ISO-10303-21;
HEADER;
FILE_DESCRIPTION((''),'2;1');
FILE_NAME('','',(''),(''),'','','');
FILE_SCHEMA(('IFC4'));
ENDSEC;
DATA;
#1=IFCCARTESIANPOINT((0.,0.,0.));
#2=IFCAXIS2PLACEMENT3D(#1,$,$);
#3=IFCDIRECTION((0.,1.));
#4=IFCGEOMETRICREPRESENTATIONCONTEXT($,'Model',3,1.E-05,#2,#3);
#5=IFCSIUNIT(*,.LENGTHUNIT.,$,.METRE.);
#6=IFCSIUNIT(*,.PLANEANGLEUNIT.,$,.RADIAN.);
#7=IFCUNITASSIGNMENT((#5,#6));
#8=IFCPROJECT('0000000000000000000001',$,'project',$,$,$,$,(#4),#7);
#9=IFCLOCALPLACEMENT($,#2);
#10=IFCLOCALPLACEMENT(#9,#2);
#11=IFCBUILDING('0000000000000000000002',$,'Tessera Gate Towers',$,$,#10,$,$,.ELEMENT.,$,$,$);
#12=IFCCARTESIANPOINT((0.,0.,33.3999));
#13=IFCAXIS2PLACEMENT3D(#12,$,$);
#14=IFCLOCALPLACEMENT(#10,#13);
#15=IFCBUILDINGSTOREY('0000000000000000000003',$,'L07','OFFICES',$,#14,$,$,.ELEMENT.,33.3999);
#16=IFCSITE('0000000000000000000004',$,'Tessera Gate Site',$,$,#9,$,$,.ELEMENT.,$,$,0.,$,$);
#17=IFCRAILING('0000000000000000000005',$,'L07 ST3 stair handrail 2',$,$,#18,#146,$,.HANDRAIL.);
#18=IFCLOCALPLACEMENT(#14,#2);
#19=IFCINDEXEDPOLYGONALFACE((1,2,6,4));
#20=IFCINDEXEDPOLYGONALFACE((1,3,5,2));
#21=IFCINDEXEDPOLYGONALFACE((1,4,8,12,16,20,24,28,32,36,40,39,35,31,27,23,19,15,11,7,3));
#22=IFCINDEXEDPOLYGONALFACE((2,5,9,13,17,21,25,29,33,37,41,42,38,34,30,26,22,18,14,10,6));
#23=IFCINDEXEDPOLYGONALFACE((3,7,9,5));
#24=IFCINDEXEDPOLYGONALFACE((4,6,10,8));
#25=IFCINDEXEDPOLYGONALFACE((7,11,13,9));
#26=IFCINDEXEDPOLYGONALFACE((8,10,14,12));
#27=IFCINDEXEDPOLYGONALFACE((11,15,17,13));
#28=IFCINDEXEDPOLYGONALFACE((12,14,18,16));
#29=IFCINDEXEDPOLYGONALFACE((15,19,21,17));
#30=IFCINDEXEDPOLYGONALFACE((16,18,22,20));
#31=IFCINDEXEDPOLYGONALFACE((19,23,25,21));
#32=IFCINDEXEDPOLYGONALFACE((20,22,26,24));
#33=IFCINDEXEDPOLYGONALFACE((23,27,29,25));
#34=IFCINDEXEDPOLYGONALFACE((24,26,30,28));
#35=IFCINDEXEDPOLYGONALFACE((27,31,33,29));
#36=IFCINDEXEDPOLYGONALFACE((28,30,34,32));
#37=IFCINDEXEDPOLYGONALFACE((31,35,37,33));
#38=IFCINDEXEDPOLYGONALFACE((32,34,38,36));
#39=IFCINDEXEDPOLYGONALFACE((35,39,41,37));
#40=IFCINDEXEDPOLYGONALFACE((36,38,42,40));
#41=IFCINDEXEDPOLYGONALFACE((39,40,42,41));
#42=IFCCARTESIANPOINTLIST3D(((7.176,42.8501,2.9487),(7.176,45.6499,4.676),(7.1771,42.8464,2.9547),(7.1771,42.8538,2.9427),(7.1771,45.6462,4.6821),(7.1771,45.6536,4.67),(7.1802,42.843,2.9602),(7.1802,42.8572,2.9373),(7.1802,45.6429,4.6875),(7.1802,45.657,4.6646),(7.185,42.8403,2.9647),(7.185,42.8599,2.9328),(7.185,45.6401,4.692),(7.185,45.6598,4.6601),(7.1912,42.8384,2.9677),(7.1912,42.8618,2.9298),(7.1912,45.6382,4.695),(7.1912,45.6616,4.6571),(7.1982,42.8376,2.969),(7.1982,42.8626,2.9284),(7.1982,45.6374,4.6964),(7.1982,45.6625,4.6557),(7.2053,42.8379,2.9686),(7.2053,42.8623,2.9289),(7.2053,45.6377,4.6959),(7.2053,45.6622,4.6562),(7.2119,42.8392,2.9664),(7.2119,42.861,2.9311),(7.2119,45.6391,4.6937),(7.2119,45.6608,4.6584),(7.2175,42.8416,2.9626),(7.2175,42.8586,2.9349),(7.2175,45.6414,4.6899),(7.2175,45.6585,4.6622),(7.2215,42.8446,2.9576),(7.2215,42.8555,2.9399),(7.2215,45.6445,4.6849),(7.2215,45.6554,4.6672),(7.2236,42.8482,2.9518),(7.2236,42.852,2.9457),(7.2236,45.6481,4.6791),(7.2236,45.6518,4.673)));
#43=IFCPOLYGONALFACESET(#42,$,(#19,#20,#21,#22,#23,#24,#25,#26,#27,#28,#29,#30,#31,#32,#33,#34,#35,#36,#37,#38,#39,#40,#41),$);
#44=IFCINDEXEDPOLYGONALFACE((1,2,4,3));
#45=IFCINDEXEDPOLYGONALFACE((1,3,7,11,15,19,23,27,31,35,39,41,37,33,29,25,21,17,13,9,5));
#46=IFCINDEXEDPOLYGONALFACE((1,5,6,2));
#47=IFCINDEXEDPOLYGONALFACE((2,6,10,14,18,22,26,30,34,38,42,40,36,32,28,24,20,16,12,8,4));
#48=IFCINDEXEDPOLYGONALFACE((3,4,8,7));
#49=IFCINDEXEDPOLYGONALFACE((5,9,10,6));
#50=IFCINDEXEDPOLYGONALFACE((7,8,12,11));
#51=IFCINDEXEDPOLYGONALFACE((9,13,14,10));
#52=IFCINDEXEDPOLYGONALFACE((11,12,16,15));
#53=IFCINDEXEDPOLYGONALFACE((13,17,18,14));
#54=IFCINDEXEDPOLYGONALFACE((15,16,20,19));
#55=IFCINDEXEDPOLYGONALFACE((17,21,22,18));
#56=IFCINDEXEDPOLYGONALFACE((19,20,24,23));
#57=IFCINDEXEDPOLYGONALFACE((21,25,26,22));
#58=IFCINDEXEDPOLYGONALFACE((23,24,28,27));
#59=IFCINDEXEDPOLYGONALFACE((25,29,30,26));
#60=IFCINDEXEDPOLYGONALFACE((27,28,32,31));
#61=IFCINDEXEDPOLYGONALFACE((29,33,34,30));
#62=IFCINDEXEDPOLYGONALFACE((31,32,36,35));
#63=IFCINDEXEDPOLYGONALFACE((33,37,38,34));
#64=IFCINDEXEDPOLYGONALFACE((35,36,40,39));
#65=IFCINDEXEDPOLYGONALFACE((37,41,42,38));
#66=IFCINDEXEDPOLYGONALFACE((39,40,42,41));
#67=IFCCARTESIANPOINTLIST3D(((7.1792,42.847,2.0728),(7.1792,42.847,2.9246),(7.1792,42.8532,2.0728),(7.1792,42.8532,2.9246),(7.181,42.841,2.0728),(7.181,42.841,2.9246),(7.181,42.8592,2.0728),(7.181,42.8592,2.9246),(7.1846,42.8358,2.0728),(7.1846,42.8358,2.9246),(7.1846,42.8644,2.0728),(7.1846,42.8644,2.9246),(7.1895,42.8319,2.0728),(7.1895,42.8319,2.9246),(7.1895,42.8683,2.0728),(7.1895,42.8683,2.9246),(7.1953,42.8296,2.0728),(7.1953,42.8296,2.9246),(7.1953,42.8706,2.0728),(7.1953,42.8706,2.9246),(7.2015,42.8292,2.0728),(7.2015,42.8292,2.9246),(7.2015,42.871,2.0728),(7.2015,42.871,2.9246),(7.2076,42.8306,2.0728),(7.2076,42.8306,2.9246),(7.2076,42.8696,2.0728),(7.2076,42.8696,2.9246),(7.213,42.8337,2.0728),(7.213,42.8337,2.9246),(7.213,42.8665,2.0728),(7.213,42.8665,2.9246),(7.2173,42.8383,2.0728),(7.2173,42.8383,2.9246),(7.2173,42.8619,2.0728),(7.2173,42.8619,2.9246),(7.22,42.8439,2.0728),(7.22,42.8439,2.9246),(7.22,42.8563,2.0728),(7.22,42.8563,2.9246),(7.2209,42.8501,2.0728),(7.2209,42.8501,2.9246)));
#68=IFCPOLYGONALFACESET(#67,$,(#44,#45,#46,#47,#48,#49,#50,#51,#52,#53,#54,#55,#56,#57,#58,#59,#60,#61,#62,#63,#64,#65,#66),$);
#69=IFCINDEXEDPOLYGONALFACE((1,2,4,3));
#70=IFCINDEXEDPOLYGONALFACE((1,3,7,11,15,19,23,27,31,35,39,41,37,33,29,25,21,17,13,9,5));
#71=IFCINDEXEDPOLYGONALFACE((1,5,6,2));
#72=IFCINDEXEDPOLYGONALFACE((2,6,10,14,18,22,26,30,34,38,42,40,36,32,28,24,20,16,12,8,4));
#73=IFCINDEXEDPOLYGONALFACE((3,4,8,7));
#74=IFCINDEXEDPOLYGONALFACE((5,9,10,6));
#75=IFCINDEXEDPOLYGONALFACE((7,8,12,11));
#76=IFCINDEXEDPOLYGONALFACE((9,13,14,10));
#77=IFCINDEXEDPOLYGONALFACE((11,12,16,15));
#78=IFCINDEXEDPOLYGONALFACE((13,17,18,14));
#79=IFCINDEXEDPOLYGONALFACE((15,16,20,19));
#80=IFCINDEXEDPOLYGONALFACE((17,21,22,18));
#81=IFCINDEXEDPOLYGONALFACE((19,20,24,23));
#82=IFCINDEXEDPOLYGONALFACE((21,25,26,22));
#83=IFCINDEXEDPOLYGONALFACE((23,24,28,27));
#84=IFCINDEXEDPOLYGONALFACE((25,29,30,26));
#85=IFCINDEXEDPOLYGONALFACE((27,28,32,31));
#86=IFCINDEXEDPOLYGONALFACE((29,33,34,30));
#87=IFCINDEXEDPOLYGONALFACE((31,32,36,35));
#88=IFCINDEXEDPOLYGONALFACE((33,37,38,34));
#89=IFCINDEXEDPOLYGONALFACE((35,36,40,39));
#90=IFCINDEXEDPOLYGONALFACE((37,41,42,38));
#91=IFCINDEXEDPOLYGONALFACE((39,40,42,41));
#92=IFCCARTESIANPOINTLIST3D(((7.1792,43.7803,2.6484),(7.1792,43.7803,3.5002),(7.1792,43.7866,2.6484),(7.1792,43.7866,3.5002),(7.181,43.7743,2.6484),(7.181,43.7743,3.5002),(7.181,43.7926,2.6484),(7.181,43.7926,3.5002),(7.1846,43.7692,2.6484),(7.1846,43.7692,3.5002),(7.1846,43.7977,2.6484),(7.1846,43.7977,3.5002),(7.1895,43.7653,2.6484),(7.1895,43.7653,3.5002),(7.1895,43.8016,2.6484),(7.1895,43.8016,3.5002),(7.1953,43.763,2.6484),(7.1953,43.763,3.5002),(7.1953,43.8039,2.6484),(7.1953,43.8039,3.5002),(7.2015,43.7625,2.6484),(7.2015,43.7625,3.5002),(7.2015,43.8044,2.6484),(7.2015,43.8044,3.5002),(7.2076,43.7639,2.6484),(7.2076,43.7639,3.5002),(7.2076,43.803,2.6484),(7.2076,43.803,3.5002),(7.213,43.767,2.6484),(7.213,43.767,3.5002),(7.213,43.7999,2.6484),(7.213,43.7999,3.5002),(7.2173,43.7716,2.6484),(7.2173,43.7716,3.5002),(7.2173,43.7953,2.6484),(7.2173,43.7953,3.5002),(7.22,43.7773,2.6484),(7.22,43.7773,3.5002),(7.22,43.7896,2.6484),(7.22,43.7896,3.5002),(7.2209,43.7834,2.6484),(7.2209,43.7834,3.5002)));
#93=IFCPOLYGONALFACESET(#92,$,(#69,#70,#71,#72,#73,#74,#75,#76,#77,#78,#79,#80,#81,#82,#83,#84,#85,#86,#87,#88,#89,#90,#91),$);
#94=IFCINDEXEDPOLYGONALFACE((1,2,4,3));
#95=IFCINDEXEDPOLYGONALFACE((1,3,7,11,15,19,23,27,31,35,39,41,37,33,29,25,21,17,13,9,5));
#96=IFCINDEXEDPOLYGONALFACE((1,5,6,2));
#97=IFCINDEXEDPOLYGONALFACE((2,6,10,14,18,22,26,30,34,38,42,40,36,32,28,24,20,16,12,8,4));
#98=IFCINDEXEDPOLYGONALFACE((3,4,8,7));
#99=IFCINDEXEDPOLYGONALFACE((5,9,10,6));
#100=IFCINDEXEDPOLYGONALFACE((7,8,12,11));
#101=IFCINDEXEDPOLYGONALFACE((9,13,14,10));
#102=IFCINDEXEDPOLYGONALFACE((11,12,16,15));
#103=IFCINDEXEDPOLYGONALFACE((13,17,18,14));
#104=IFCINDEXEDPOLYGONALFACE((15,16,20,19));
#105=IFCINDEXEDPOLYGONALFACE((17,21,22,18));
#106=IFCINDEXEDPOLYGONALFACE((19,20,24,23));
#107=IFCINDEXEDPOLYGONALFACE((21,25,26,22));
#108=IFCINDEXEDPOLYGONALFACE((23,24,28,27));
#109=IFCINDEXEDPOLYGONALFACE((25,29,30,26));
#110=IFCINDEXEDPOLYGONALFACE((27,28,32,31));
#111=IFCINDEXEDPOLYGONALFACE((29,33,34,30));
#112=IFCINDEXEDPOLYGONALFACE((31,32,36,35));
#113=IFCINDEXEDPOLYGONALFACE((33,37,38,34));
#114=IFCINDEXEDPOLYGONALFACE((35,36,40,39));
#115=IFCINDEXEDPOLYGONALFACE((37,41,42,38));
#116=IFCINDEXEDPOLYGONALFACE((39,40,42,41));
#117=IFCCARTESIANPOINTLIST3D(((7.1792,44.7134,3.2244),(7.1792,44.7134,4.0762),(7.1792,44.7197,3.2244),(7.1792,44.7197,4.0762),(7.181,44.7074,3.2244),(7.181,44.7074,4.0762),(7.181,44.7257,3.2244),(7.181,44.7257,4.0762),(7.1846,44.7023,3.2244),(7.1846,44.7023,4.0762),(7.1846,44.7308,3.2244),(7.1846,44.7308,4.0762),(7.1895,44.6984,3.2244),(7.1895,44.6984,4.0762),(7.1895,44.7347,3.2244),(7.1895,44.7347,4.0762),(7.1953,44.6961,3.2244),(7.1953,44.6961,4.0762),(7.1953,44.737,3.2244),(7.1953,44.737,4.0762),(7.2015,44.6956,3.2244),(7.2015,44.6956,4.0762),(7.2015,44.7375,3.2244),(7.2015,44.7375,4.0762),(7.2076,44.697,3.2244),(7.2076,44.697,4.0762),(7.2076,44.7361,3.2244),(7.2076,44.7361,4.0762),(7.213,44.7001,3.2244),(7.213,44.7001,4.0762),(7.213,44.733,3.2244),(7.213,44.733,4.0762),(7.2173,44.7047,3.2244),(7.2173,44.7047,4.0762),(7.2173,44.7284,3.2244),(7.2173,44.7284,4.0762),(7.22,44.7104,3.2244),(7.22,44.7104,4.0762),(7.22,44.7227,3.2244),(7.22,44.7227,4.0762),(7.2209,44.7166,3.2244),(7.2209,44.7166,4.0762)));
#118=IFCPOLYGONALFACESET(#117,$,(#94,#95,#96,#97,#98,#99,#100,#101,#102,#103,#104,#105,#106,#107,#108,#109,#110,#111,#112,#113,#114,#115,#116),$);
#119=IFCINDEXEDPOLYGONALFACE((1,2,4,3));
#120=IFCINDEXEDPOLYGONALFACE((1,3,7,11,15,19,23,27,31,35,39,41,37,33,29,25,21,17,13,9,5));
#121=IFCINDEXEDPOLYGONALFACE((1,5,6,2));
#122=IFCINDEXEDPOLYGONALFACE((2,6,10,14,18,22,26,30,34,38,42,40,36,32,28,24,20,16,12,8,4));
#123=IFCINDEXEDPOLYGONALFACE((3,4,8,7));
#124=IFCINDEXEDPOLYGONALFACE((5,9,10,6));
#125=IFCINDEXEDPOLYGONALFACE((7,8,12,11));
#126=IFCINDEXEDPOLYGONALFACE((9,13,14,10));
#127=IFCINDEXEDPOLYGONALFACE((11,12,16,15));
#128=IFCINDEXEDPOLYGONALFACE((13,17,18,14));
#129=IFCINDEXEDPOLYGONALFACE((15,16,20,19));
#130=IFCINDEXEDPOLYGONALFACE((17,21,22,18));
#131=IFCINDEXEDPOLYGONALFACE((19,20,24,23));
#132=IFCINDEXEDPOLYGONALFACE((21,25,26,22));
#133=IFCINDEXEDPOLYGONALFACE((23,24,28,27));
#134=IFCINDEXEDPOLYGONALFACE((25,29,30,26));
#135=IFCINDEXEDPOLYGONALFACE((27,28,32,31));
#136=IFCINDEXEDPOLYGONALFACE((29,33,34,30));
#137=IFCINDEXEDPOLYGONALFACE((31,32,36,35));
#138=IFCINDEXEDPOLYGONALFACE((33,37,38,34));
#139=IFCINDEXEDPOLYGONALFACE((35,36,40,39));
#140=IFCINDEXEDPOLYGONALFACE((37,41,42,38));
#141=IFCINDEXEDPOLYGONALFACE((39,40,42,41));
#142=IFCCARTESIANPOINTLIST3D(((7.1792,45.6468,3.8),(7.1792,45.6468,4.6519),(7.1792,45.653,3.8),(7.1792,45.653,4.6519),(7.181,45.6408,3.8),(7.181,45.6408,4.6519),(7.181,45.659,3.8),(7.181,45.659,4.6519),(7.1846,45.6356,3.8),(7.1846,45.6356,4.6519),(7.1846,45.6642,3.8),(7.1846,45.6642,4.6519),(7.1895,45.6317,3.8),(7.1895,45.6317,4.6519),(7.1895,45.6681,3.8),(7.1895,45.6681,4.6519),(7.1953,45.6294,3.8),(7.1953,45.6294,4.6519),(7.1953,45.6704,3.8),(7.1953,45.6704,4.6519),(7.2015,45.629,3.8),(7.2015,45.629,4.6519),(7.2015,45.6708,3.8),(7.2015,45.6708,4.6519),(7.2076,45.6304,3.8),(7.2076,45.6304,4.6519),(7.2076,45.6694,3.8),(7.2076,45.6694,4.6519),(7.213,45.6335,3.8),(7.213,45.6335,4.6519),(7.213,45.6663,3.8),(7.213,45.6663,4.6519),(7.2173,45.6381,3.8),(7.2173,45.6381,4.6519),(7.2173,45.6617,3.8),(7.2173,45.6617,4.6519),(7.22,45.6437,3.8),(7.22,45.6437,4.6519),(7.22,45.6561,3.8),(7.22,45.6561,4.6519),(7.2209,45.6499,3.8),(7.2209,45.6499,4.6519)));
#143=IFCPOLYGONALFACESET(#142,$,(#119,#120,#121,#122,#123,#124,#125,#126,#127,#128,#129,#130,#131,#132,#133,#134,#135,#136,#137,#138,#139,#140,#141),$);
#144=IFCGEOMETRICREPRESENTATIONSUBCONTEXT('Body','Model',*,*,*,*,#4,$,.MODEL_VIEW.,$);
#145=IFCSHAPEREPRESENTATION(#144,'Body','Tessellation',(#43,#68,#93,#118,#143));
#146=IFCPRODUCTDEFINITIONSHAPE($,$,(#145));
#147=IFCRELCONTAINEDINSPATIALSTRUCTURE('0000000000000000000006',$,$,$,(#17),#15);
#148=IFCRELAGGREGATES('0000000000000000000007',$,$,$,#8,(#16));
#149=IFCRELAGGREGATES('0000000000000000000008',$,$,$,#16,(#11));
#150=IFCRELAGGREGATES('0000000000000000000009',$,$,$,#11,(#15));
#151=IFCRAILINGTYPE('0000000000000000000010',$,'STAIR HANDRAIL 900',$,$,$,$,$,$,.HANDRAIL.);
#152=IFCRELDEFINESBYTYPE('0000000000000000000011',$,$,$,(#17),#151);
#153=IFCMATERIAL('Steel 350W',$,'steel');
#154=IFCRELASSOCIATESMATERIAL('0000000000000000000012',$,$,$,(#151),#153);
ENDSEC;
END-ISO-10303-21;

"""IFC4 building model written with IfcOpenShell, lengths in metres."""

from ifc_helpers import new_model, si_unit, direction, frame, origin, origin_2d, place, context, subcontext, project, spatial, circle, extrude, material, type_object, element, save


model = new_model("IFC4")

# Units and contexts
model_context = context("Model", 3, precision=1e-05, world=origin(), true_north=direction((0.0, 1.0)))
body_context = subcontext(model_context, "Body", "Model", "MODEL_VIEW")
ifc_project = project(units=[si_unit("LENGTHUNIT", "METRE"), si_unit("PLANEANGLEUNIT", "RADIAN")], contexts=[model_context])

# Site, building, storey
site_placement = place(None, origin())
site = spatial("IfcSite", under=ifc_project, at=site_placement, Name="Tessera Gate Site", CompositionType="ELEMENT", RefElevation=0.0)
building_placement = place(site_placement, origin())
building = spatial("IfcBuilding", under=site, at=building_placement, Name="Tessera Gate Towers", CompositionType="ELEMENT")
storey_placement = place(building_placement, frame((0.0, 0.0, 33.3999)))
storey = spatial("IfcBuildingStorey", under=building, at=storey_placement, Name="L07", Description="OFFICES", CompositionType="ELEMENT", Elevation=33.3999)

# Railing
ifc_material_1 = material(Name="Steel 350W", Category="steel")
railing_type_1 = type_object("IfcRailingType", Name="STAIR HANDRAIL 900", PredefinedType="HANDRAIL", material=ifc_material_1)
railing_1_placement = place(storey_placement, frame((7.2, 42.8501, 2.0728)))
element("IfcRailing", 1, at=railing_1_placement, inside=storey, type_object=railing_type_1, Name="L07 ST3 stair handrail 2", PredefinedType="HANDRAIL", context=body_context, shape_type="SweptSolid", body=[
    extrude(circle(Radius=0.0239, at=origin_2d()), frame((0.0, 0.0, 0.876), z_axis=(0.0, 0.851069, 0.525054), x_axis=(-1.0, 0.0, 0.0)), (0.0, 0.0, 1.0), 3.2898),
    extrude(circle(Radius=0.021, at=origin_2d()), origin(), (0.0, 0.0, 1.0), 0.8518),
    extrude(circle(Radius=0.021, at=origin_2d()), frame((0.0, 0.9333, 0.5757)), (0.0, 0.0, 1.0), 0.8518),
    extrude(circle(Radius=0.021, at=origin_2d()), frame((0.0, 1.8665, 1.1516)), (0.0, 0.0, 1.0), 0.8518),
    extrude(circle(Radius=0.021, at=origin_2d()), frame((0.0, 2.7998, 1.7273)), (0.0, 0.0, 1.0), 0.8518),
])

save(model, "model.ifc")
